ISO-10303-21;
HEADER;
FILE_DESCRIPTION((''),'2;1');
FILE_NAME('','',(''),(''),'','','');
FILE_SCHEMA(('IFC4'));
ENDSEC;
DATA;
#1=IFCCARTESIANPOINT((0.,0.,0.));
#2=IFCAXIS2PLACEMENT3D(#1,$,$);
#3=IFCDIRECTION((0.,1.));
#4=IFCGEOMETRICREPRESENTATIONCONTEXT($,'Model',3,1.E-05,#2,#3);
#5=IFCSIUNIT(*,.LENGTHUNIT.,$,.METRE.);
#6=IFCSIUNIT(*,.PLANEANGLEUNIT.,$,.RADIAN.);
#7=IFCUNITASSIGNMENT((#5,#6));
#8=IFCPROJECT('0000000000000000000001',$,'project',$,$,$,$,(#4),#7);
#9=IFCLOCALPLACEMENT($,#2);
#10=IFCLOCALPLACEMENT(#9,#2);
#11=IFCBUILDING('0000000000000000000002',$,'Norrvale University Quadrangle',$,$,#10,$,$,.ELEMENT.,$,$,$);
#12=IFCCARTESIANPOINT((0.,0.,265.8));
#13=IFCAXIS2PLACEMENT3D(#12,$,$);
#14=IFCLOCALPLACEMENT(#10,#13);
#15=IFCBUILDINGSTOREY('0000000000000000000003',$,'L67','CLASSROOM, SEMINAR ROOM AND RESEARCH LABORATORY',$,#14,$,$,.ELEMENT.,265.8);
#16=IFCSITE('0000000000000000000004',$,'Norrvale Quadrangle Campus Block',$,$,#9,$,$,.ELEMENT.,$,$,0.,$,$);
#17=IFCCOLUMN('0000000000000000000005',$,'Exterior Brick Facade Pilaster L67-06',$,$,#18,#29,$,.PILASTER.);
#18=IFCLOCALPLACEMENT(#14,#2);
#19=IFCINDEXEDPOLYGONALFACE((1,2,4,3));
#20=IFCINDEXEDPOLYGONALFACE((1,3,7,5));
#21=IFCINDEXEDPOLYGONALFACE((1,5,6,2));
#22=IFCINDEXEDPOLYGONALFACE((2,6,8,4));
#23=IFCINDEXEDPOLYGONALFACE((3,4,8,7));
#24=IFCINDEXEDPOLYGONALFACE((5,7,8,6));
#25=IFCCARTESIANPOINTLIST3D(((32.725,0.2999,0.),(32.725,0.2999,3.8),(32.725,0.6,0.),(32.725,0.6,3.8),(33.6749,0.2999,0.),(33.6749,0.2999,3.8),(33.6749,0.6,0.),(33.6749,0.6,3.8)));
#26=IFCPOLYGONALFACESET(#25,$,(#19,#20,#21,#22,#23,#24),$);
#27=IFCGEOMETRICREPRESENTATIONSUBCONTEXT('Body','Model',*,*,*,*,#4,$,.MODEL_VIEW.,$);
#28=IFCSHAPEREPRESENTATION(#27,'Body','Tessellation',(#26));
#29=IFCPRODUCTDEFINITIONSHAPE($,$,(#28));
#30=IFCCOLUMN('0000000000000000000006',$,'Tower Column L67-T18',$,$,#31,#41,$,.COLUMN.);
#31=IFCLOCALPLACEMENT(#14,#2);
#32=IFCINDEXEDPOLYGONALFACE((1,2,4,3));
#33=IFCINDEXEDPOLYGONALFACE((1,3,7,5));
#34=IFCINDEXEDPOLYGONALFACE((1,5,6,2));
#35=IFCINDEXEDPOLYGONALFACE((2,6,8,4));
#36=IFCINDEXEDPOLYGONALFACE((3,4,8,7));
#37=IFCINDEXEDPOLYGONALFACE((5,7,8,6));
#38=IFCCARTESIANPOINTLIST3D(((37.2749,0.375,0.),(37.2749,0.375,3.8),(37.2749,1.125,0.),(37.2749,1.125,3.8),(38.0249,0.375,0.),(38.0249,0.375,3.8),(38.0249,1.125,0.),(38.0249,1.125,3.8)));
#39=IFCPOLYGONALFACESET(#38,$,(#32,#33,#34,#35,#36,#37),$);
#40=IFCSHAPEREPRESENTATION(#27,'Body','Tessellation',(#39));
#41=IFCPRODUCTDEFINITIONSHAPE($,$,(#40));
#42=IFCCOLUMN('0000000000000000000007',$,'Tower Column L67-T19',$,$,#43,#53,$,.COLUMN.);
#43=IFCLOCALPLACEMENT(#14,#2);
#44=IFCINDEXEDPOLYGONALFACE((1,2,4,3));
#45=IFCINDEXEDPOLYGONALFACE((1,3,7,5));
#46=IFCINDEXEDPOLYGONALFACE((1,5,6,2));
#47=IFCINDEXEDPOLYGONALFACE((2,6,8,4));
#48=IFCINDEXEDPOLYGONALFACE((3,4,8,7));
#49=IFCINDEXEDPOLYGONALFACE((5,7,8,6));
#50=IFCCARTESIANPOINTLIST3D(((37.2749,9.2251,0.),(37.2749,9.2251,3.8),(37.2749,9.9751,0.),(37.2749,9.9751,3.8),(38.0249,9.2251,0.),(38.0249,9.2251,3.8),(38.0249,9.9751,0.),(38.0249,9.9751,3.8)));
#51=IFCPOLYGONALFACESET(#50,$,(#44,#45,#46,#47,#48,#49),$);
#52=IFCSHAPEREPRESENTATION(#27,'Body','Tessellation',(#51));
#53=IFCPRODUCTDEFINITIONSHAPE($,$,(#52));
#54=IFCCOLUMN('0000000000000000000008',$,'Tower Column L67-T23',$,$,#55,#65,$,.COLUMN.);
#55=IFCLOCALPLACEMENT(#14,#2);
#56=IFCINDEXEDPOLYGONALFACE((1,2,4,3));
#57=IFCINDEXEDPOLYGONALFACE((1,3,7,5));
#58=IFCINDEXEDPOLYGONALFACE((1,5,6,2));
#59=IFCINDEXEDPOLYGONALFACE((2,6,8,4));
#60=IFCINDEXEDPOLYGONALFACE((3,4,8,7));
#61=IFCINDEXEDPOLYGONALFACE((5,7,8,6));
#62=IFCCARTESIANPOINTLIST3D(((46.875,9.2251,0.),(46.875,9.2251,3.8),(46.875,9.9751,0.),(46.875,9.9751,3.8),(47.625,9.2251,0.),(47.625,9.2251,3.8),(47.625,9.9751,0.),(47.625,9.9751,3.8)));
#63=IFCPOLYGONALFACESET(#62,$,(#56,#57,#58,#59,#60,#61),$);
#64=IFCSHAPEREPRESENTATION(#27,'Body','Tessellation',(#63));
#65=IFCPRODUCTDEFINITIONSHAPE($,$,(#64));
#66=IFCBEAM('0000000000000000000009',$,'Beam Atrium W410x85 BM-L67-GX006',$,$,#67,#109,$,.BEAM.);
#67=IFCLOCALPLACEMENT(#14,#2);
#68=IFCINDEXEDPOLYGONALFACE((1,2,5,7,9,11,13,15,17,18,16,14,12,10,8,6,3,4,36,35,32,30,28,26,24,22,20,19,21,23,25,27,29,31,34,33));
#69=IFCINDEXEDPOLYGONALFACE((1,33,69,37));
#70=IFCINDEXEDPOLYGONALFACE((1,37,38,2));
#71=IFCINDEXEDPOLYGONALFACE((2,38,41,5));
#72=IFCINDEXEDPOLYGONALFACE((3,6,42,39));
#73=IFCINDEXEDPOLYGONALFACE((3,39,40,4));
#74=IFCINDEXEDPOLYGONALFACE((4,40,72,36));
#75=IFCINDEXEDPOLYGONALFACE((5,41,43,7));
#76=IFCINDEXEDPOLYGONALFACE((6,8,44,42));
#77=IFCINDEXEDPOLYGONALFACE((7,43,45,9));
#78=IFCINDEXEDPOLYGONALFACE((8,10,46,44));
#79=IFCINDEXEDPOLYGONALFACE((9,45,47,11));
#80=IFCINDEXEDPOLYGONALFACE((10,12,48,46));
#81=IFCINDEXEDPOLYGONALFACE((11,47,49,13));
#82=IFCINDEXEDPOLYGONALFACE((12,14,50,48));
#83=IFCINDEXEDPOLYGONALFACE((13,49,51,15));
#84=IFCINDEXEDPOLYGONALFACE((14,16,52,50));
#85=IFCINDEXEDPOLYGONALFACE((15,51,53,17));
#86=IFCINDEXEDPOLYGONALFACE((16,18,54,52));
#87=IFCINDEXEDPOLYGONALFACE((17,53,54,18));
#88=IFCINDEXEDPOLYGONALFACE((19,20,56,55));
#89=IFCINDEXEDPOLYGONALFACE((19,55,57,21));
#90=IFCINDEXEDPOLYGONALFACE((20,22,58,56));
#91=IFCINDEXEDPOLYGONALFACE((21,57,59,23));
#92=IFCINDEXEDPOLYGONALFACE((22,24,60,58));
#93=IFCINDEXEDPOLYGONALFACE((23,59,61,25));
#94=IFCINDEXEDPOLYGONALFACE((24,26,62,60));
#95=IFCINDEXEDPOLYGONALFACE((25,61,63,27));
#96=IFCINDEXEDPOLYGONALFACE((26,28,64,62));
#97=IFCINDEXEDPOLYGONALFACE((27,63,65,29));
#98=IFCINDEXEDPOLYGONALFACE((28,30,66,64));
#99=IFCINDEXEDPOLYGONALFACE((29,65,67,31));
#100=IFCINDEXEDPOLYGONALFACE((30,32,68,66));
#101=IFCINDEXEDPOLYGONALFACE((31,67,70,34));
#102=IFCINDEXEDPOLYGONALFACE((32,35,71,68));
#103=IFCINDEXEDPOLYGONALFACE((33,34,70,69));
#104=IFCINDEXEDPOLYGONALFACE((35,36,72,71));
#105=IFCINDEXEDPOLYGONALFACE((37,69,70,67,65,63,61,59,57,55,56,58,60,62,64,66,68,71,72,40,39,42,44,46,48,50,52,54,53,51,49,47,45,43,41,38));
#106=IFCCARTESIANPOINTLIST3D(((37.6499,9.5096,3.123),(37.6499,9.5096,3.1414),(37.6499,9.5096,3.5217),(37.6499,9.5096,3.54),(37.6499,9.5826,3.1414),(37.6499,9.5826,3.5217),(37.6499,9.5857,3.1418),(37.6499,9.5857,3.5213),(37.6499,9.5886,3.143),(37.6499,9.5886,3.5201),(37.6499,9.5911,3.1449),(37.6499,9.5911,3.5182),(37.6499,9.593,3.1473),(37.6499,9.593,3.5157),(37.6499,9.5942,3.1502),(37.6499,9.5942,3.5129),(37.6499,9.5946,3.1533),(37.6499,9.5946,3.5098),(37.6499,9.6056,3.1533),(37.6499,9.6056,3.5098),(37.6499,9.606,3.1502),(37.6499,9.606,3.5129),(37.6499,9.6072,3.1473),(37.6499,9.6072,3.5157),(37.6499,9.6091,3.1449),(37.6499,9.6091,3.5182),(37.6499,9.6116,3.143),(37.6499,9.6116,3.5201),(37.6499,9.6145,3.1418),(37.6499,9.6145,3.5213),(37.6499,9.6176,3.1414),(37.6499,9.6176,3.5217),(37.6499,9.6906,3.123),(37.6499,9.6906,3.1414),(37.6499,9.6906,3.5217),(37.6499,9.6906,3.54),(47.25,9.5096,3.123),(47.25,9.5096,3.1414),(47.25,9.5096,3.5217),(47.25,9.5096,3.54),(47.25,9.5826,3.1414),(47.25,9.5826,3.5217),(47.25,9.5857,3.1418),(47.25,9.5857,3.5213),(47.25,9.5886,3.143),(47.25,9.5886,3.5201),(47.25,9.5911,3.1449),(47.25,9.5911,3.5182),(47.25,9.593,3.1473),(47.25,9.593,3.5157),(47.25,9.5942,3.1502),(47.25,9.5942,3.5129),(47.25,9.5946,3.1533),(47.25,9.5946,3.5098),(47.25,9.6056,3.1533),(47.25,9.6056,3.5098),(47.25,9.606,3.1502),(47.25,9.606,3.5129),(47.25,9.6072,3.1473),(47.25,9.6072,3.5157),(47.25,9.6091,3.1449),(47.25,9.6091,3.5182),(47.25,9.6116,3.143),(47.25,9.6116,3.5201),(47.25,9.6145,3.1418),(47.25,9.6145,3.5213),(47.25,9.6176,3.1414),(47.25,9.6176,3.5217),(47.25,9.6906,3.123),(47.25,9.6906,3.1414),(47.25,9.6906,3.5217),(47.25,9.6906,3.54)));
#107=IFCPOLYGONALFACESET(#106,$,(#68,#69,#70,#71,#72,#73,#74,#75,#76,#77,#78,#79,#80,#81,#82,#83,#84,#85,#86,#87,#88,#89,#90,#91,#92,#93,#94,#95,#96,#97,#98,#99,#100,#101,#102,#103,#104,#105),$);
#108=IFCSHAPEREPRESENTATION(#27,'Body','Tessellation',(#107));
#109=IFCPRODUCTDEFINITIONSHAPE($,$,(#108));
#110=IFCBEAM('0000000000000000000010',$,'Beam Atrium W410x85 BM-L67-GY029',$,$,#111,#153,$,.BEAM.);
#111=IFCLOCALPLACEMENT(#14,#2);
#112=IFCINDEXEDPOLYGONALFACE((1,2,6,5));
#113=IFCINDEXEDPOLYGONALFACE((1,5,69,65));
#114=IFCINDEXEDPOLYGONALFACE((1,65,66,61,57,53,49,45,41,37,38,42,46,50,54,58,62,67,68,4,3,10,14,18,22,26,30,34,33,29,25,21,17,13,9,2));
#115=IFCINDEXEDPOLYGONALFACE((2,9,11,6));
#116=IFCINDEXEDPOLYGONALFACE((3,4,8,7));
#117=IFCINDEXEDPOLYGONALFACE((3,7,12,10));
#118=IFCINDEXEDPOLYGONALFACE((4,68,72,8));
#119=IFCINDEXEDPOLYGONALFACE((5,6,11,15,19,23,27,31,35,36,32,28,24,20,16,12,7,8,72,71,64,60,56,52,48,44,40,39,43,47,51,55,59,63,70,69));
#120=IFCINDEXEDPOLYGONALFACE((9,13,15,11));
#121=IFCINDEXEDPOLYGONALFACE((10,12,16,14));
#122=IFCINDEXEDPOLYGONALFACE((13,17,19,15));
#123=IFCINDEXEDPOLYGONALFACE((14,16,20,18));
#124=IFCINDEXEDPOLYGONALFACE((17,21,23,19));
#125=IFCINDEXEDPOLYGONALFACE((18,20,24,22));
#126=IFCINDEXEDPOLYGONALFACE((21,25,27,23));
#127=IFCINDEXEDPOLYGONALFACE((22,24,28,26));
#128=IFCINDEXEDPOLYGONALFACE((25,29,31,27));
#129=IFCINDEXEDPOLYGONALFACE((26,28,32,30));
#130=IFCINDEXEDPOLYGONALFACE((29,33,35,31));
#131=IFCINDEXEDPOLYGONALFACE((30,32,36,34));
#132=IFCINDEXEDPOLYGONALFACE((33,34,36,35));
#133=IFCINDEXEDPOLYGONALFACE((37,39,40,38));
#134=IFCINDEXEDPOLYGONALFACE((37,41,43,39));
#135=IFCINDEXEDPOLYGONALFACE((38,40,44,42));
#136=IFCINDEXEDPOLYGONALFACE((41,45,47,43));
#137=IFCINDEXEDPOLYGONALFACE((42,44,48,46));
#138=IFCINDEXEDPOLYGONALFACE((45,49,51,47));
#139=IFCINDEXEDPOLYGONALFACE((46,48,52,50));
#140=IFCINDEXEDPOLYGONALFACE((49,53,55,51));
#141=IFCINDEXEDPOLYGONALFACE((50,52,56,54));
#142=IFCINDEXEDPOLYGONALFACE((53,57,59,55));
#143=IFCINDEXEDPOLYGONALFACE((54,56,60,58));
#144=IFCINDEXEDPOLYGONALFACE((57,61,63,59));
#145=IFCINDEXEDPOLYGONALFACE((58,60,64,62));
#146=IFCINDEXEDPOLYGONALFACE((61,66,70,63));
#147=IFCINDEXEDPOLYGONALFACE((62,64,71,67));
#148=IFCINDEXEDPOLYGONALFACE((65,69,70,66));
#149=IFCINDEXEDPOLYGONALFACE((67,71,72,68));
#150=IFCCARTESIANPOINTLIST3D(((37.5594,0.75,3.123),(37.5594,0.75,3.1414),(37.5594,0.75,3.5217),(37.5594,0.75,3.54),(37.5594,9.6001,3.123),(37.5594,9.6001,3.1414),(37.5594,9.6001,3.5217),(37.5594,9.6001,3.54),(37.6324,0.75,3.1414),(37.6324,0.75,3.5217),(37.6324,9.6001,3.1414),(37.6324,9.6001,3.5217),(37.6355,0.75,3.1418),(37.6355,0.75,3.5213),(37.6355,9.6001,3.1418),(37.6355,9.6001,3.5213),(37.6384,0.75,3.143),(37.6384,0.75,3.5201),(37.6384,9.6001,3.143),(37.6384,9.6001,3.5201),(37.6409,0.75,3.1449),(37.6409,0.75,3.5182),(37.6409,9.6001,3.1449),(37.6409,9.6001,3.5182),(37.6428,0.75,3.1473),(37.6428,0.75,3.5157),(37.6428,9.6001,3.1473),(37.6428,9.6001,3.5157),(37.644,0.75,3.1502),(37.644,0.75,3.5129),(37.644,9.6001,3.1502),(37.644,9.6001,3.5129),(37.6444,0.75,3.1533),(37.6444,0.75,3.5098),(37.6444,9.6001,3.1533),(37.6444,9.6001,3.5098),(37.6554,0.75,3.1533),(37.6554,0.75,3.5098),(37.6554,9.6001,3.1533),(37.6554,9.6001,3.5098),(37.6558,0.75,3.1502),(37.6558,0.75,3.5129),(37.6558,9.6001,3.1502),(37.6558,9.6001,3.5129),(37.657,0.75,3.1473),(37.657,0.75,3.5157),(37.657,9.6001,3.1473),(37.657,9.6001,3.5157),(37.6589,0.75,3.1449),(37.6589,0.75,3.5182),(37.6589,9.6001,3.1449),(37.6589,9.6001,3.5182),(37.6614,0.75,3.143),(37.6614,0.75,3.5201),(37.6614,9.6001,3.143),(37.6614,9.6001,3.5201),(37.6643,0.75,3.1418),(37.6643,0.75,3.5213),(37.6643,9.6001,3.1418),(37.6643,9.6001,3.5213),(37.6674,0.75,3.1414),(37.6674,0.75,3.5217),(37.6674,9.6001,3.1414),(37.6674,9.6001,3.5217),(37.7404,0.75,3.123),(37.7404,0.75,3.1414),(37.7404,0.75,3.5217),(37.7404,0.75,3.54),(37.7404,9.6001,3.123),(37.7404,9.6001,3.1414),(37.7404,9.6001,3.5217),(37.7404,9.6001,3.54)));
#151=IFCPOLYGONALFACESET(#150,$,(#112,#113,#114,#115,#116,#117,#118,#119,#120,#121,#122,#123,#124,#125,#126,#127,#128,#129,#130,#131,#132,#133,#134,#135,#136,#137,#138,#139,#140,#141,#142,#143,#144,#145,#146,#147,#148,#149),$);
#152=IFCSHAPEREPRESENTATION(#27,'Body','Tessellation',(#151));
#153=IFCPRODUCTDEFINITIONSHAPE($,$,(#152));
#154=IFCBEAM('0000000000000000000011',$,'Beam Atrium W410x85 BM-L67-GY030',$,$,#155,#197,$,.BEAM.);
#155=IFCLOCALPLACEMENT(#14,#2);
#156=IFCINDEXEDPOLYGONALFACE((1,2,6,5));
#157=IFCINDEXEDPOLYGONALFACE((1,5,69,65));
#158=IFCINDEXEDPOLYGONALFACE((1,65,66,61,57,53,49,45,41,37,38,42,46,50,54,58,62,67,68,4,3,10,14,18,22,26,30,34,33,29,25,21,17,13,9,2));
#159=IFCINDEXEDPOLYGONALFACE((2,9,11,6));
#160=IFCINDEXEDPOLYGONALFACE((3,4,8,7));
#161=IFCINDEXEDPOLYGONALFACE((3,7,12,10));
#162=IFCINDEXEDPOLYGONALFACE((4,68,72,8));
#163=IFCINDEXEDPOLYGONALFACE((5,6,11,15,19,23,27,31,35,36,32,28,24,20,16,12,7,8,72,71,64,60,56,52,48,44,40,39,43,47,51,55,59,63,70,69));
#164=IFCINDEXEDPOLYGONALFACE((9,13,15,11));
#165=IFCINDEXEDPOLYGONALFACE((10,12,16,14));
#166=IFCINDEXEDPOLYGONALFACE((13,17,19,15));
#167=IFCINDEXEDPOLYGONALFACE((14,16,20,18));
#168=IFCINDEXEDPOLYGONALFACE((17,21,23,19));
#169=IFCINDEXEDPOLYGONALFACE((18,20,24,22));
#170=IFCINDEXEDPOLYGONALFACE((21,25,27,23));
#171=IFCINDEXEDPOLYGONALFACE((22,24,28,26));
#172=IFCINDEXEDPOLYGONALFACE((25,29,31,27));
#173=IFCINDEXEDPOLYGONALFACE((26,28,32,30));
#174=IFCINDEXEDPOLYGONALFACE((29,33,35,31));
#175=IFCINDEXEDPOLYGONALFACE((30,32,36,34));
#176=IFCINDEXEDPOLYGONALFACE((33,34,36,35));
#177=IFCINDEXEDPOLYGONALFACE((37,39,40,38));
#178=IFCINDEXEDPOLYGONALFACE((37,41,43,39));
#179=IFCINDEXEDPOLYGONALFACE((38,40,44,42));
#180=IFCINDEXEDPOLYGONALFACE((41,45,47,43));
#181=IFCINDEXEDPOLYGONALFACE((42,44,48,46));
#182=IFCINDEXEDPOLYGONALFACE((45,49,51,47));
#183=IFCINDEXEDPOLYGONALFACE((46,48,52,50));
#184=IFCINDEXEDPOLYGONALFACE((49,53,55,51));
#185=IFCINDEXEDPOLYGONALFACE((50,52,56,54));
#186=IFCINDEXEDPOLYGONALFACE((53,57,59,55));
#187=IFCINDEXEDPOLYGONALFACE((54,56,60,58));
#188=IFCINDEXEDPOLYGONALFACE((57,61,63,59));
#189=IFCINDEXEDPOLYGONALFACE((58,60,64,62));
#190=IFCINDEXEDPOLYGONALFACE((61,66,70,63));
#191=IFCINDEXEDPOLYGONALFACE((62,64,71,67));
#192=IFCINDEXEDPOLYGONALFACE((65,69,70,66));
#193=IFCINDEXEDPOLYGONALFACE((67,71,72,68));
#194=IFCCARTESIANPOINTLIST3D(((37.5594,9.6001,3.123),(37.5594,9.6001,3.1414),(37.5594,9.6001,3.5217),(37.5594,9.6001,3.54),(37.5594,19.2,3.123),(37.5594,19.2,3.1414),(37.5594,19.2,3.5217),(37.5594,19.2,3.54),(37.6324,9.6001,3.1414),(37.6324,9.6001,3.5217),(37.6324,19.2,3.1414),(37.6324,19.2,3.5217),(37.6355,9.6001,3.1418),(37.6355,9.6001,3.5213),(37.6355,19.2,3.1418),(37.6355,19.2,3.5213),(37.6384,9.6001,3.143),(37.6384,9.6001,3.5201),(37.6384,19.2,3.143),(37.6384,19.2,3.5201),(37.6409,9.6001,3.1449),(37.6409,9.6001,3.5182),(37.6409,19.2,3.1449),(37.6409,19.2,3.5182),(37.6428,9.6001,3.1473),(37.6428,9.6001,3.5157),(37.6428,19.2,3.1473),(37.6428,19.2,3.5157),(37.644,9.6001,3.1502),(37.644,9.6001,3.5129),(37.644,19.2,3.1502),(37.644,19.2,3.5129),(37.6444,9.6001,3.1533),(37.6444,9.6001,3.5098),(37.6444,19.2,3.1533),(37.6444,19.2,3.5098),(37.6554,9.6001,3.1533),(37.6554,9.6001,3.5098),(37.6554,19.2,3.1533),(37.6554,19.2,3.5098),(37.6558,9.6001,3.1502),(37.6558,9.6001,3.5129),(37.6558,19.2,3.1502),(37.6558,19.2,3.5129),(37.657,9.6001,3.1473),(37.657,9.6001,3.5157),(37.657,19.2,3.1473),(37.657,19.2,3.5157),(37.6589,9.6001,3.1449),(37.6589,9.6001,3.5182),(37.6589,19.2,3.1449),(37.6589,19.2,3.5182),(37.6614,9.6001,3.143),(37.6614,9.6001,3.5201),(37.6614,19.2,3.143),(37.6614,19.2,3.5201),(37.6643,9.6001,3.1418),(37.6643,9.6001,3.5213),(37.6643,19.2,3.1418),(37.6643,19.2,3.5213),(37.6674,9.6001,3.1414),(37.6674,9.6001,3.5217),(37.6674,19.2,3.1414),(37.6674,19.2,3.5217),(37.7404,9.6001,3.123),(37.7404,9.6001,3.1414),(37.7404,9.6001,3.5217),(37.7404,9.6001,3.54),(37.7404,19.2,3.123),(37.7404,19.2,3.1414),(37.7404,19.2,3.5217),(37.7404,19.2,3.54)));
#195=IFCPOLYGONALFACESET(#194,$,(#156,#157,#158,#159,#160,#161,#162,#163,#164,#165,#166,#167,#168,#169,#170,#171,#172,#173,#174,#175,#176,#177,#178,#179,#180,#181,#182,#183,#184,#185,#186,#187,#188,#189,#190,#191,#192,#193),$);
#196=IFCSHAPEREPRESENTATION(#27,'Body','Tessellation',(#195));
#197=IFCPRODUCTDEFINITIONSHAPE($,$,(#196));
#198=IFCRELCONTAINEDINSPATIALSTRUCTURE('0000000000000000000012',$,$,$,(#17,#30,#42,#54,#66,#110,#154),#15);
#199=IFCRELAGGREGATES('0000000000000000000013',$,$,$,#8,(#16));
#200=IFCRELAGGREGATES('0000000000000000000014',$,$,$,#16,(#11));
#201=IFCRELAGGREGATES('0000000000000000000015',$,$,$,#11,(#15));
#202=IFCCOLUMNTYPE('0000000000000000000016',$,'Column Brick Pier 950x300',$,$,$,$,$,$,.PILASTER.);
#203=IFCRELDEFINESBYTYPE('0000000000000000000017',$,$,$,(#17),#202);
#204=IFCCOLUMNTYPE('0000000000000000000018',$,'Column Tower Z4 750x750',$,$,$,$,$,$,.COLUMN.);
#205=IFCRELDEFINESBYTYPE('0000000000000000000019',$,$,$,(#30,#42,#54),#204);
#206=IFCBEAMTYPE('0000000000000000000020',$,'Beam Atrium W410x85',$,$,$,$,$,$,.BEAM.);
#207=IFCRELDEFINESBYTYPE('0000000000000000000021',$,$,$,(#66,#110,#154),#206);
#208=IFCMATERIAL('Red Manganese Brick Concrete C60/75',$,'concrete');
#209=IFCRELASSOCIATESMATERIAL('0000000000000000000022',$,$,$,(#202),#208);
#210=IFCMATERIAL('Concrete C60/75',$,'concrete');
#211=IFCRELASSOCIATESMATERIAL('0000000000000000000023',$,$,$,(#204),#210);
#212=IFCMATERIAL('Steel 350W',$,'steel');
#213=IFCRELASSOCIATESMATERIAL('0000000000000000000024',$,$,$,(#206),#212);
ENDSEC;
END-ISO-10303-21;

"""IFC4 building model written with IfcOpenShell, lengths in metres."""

from ifc_helpers import new_model, si_unit, direction, frame, origin, origin_2d, place, context, subcontext, project, spatial, rectangle, i_section, extrude, material, material_profile, profile_set, type_object, element, save


model = new_model("IFC4")

# Units and contexts
model_context = context("Model", 3, precision=1e-05, world=origin(), true_north=direction((0.0, 1.0)))
body_context = subcontext(model_context, "Body", "Model", "MODEL_VIEW")
ifc_project = project(units=[si_unit("LENGTHUNIT", "METRE"), si_unit("PLANEANGLEUNIT", "RADIAN")], contexts=[model_context])

# Site, building, storey
site_placement = place(None, origin())
site = spatial("IfcSite", under=ifc_project, at=site_placement, Name="Norrvale Quadrangle Campus Block", CompositionType="ELEMENT", RefElevation=0.0)
building_placement = place(site_placement, origin())
building = spatial("IfcBuilding", under=site, at=building_placement, Name="Norrvale University Quadrangle", CompositionType="ELEMENT")
storey_placement = place(building_placement, frame((0.0, 0.0, 265.8)))
storey = spatial("IfcBuildingStorey", under=building, at=storey_placement, Name="L67", Description="CLASSROOM, SEMINAR ROOM AND RESEARCH LABORATORY", CompositionType="ELEMENT", Elevation=265.8)

# Columns
ifc_material_1 = material(Name="Red Manganese Brick Concrete C60/75", Category="concrete")
ifc_material_profile_1 = material_profile(ifc_material_1, rectangle(XDim=0.95, YDim=0.3, at=origin_2d()), Name="Red Manganese Brick Concrete C60/75")
ifc_profile_set_1 = profile_set([ifc_material_profile_1], Name="Red Manganese Brick Concrete C60/75")
column_type_1 = type_object("IfcColumnType", Name="Column Brick Pier 950x300", PredefinedType="PILASTER", material=ifc_profile_set_1)
column_placement = place(storey_placement, frame((33.2, 0.45, 0.0), z_axis=(0.0, 0.0, 1.0), x_axis=(1.0, 0.0, 0.0)))
element("IfcColumn", 1, at=column_placement, inside=storey, type_object=column_type_1, Name="Exterior Brick Facade Pilaster L67-06", PredefinedType="PILASTER", context=body_context, shape_type="SweptSolid", body=[
    extrude(rectangle(XDim=0.95, YDim=0.3, at=origin_2d()), origin(), (0.0, 0.0, 1.0), 3.8),
])
ifc_material_2 = material(Name="Concrete C60/75", Category="concrete")
ifc_material_profile_2 = material_profile(ifc_material_2, rectangle(XDim=0.75, YDim=0.75, at=origin_2d()), Name="Concrete C60/75")
ifc_profile_set_2 = profile_set([ifc_material_profile_2], Name="Concrete C60/75")
column_type_2 = type_object("IfcColumnType", Name="Column Tower Z4 750x750", PredefinedType="COLUMN", material=ifc_profile_set_2)
for number, where, z_axis, x_axis, name in (
    (2, (37.6499, 0.75, 0.0), (0.0, 0.0, 1.0), (1.0, 0.0, 0.0), "Tower Column L67-T18"),
    (3, (37.6499, 9.6001, 0.0), (0.0, 0.0, 1.0), (1.0, 0.0, 0.0), "Tower Column L67-T19"),
    (4, (47.25, 9.6001, 0.0), (0.0, 0.0, 1.0), (1.0, 0.0, 0.0), "Tower Column L67-T23"),
):
    element("IfcColumn", number, at=place(storey_placement, frame(where, z_axis=z_axis, x_axis=x_axis)), inside=storey, type_object=column_type_2, Name=name, PredefinedType="COLUMN", context=body_context, shape_type="SweptSolid", body=[
        extrude(rectangle(XDim=0.75, YDim=0.75, at=origin_2d()), origin(), (0.0, 0.0, 1.0), 3.8),
    ])

# Beams
ifc_material_3 = material(Name="Steel 350W", Category="steel")
ifc_material_profile_3 = material_profile(ifc_material_3, i_section(OverallWidth=0.1809, OverallDepth=0.417, WebThickness=0.011, FlangeThickness=0.0183, FilletRadius=0.012, at=origin_2d()), Name="Steel 350W")
ifc_profile_set_3 = profile_set([ifc_material_profile_3], Name="Steel 350W")
beam_type = type_object("IfcBeamType", Name="Beam Atrium W410x85", PredefinedType="BEAM", material=ifc_profile_set_3)
beam_1_placement = place(storey_placement, frame((37.6499, 9.6001, 3.3315), z_axis=(1.0, 0.0, 0.0), x_axis=(0.0, 1.0, 0.0)))
element("IfcBeam", 5, at=beam_1_placement, inside=storey, type_object=beam_type, Name="Beam Atrium W410x85 BM-L67-GX006", PredefinedType="BEAM", context=body_context, shape_type="SweptSolid", body=[
    extrude(i_section(OverallWidth=0.1809, OverallDepth=0.417, WebThickness=0.011, FlangeThickness=0.0183, FilletRadius=0.012, at=origin_2d()), origin(), (0.0, 0.0, 1.0), 9.6001),
])
beam_2_placement = place(storey_placement, frame((37.6499, 0.75, 3.3315), z_axis=(0.0, 1.0, 0.0), x_axis=(-1.0, 0.0, 0.0)))
element("IfcBeam", 6, at=beam_2_placement, inside=storey, type_object=beam_type, Name="Beam Atrium W410x85 BM-L67-GY029", PredefinedType="BEAM", context=body_context, shape_type="SweptSolid", body=[
    extrude(i_section(OverallWidth=0.1809, OverallDepth=0.417, WebThickness=0.011, FlangeThickness=0.0183, FilletRadius=0.012, at=origin_2d()), origin(), (0.0, 0.0, 1.0), 8.8501),
])
for number, where, z_axis, x_axis, name in (
    (7, (37.6499, 9.6001, 3.3315), (0.0, 1.0, 0.0), (-1.0, 0.0, 0.0), "Beam Atrium W410x85 BM-L67-GY030"),
):
    element("IfcBeam", number, at=place(storey_placement, frame(where, z_axis=z_axis, x_axis=x_axis)), inside=storey, type_object=beam_type, Name=name, PredefinedType="BEAM", context=body_context, shape_type="SweptSolid", body=[
        extrude(i_section(OverallWidth=0.1809, OverallDepth=0.417, WebThickness=0.011, FlangeThickness=0.0183, FilletRadius=0.012, at=origin_2d()), origin(), (0.0, 0.0, 1.0), 9.5999),
    ])

save(model, "model.ifc")
